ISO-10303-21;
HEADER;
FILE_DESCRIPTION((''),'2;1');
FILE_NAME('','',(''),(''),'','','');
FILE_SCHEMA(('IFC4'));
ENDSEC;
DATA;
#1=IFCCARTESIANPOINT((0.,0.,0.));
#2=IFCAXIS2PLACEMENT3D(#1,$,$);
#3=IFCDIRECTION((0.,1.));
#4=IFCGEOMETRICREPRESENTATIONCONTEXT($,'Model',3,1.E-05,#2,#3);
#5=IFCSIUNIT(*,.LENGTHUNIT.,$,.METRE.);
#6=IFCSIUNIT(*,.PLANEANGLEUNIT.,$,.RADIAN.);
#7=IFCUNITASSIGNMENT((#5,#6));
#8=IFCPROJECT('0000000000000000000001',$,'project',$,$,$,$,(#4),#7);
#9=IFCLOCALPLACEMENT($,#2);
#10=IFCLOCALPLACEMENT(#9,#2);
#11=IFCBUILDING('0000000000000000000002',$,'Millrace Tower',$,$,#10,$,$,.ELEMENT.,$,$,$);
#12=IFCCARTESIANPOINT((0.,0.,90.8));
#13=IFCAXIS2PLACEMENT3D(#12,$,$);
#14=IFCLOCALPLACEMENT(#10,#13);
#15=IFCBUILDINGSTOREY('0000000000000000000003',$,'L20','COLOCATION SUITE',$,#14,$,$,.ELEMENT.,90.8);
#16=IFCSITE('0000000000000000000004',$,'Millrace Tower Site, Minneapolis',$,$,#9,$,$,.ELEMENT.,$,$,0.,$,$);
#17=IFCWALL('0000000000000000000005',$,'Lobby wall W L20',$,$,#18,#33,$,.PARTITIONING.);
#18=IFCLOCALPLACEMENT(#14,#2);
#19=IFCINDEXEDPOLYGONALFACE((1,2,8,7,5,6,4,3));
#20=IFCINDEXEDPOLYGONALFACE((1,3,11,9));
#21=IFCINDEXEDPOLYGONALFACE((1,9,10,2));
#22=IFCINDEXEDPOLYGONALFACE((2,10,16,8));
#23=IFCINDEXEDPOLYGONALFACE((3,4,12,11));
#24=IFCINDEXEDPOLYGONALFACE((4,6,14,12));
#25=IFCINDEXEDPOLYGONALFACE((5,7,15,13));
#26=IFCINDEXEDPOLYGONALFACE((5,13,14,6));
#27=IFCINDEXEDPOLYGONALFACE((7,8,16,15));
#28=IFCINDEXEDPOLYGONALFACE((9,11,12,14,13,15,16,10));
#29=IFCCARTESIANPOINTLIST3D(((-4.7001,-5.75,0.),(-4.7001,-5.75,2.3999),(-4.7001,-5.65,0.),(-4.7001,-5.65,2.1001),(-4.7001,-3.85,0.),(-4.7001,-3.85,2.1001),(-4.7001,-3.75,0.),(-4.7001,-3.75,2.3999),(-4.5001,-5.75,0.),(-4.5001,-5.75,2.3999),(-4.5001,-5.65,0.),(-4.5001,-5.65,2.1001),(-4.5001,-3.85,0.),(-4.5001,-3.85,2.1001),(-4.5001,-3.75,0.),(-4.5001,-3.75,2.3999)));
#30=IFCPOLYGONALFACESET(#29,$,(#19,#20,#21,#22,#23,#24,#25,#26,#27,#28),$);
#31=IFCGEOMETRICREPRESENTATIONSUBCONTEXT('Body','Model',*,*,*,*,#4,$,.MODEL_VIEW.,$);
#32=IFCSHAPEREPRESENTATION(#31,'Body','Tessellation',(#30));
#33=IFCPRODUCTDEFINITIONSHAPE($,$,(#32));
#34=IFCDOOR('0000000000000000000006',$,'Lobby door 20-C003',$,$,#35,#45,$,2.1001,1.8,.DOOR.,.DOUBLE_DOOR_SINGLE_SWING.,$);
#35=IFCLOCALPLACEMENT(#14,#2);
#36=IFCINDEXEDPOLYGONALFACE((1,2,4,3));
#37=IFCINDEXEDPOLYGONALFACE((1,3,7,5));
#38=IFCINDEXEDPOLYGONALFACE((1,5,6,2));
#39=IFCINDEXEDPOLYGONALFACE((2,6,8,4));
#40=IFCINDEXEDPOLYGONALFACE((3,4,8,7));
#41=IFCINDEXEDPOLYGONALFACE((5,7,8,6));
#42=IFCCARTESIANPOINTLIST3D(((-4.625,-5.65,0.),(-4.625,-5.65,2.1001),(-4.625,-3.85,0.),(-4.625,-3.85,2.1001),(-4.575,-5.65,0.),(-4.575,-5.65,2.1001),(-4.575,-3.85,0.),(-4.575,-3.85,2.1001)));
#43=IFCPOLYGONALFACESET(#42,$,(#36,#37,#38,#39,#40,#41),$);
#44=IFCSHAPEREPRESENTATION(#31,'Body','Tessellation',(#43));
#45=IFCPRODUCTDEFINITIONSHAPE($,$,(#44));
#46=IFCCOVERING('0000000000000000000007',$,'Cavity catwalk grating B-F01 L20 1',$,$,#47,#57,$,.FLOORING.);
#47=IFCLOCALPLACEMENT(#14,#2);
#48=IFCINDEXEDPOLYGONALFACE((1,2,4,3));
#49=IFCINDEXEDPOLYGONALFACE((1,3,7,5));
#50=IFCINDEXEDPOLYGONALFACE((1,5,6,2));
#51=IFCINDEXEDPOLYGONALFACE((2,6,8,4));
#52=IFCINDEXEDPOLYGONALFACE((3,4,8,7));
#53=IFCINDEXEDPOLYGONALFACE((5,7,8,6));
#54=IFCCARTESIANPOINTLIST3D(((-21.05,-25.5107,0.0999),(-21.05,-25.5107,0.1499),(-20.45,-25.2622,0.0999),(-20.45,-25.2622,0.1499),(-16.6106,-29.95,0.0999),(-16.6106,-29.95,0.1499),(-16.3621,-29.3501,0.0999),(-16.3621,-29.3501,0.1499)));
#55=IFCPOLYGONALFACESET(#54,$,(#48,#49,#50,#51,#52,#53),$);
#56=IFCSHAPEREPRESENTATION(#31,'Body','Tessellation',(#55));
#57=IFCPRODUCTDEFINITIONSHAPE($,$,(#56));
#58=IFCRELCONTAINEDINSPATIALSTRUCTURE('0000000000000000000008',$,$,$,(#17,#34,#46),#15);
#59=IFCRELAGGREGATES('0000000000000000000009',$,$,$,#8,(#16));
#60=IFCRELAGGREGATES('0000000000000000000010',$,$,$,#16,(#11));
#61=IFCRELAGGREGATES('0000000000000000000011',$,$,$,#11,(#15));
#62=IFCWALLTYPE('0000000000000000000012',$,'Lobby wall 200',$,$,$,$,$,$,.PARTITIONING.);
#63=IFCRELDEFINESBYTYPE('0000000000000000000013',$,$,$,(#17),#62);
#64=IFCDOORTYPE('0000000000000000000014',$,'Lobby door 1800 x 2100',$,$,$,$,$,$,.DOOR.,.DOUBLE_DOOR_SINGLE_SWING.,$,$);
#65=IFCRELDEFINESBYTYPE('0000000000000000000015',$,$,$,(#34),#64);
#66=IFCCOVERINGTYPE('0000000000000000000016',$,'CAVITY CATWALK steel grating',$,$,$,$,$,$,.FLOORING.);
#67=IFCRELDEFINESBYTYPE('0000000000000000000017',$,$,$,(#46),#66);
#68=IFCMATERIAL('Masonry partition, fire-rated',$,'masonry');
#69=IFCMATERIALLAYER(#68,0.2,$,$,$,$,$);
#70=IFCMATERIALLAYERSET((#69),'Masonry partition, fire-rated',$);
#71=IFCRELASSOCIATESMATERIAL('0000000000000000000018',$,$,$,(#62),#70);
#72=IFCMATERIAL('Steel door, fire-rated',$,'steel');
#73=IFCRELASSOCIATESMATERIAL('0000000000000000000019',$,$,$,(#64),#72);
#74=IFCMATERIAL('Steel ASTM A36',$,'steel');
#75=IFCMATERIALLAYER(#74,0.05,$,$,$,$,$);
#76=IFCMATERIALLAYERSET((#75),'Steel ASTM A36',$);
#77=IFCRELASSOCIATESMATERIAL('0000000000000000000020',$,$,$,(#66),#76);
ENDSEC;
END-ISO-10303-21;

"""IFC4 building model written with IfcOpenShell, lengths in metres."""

from ifc_helpers import new_model, si_unit, direction, frame, frame_2d, origin, place, context, subcontext, project, spatial, polyline, rectangle, outline, extrude, material, layer, layer_set, type_object, element, fill, save


model = new_model("IFC4")

# Units and contexts
model_context = context("Model", 3, precision=1e-05, world=origin(), true_north=direction((0.0, 1.0)))
body_context = subcontext(model_context, "Body", "Model", "MODEL_VIEW")
ifc_project = project(units=[si_unit("LENGTHUNIT", "METRE"), si_unit("PLANEANGLEUNIT", "RADIAN")], contexts=[model_context])

# Site, building, storey
site_placement = place(None, origin())
site = spatial("IfcSite", under=ifc_project, at=site_placement, Name="Millrace Tower Site, Minneapolis", CompositionType="ELEMENT", RefElevation=0.0)
building_placement = place(site_placement, origin())
building = spatial("IfcBuilding", under=site, at=building_placement, Name="Millrace Tower", CompositionType="ELEMENT")
storey_placement = place(building_placement, frame((0.0, 0.0, 90.8)))
storey = spatial("IfcBuildingStorey", under=building, at=storey_placement, Name="L20", Description="COLOCATION SUITE", CompositionType="ELEMENT", Elevation=90.8)

# Wall, opening, door
ifc_material_1 = material(Name="Masonry partition, fire-rated", Category="masonry")
ifc_layer_1 = layer(ifc_material_1, 0.2)
ifc_layer_set_1 = layer_set([ifc_layer_1], Name="Masonry partition, fire-rated")
wall_type_1 = type_object("IfcWallType", Name="Lobby wall 200", PredefinedType="PARTITIONING", material=ifc_layer_set_1)
wall_1_placement = place(storey_placement, frame((-4.6001, -5.75, 0.0), z_axis=(0.0, 0.0, 1.0), x_axis=(0.0, 1.0, 0.0)))
wall_1 = element("IfcWall", 1, at=wall_1_placement, inside=storey, type_object=wall_type_1, Name="Lobby wall W L20", PredefinedType="PARTITIONING", context=body_context, shape_type="SweptSolid", body=[
    extrude(rectangle(XDim=2.0, YDim=0.2, at=frame_2d((1.0, 0.0))), origin(), (0.0, 0.0, 1.0), 2.3999),
])
opening_1_placement = place(wall_1_placement, frame((0.1001, 0.0, 0.0)))
opening_1 = element("IfcOpeningElement", 2, at=opening_1_placement, cuts=wall_1, PredefinedType="OPENING", context=body_context, shape_type="SweptSolid", body=[
    extrude(rectangle(XDim=1.8, YDim=2.1001, at=frame_2d((0.8999, 1.05))), frame((0.0, 0.1099, 0.0), z_axis=(0.0, -1.0, 0.0), x_axis=(1.0, 0.0, 0.0)), (0.0, 0.0, 1.0), 0.22),
])
ifc_material_2 = material(Name="Steel door, fire-rated", Category="steel")
door_type_1 = type_object("IfcDoorType", Name="Lobby door 1800 x 2100", OperationType="DOUBLE_DOOR_SINGLE_SWING", PredefinedType="DOOR", material=ifc_material_2)
door_1_placement = place(opening_1_placement, origin())
door_1 = element("IfcDoor", 3, at=door_1_placement, inside=storey, type_object=door_type_1, Name="Lobby door 20-C003", OperationType="DOUBLE_DOOR_SINGLE_SWING", OverallHeight=2.1001, OverallWidth=1.8, PredefinedType="DOOR", context=body_context, shape_type="SweptSolid", body=[
    extrude(rectangle(XDim=1.8, YDim=2.1001, at=frame_2d((0.8999, 1.05))), frame((0.0, 0.0249, 0.0), z_axis=(0.0, -1.0, 0.0), x_axis=(1.0, 0.0, 0.0)), (0.0, 0.0, 1.0), 0.05),
])
fill(opening_1, door_1)

# Covering
ifc_material_3 = material(Name="Steel ASTM A36", Category="steel")
ifc_layer_2 = layer(ifc_material_3, 0.05)
ifc_layer_set_2 = layer_set([ifc_layer_2], Name="Steel ASTM A36")
covering_type = type_object("IfcCoveringType", Name="CAVITY CATWALK steel grating", PredefinedType="FLOORING", material=ifc_layer_set_2)
covering_placement = place(storey_placement, frame((0.0, 0.0, 0.0999)))
element("IfcCovering", 4, at=covering_placement, inside=storey, type_object=covering_type, Name="Cavity catwalk grating B-F01 L20 1", PredefinedType="FLOORING", context=body_context, shape_type="SweptSolid", body=[
    extrude(outline(polyline([(-21.05, -25.5107), (-16.6106, -29.95), (-16.3621, -29.3501), (-20.45, -25.2622), (-21.05, -25.5107)])), origin(), (0.0, 0.0, 1.0), 0.05),
])

save(model, "model.ifc")
